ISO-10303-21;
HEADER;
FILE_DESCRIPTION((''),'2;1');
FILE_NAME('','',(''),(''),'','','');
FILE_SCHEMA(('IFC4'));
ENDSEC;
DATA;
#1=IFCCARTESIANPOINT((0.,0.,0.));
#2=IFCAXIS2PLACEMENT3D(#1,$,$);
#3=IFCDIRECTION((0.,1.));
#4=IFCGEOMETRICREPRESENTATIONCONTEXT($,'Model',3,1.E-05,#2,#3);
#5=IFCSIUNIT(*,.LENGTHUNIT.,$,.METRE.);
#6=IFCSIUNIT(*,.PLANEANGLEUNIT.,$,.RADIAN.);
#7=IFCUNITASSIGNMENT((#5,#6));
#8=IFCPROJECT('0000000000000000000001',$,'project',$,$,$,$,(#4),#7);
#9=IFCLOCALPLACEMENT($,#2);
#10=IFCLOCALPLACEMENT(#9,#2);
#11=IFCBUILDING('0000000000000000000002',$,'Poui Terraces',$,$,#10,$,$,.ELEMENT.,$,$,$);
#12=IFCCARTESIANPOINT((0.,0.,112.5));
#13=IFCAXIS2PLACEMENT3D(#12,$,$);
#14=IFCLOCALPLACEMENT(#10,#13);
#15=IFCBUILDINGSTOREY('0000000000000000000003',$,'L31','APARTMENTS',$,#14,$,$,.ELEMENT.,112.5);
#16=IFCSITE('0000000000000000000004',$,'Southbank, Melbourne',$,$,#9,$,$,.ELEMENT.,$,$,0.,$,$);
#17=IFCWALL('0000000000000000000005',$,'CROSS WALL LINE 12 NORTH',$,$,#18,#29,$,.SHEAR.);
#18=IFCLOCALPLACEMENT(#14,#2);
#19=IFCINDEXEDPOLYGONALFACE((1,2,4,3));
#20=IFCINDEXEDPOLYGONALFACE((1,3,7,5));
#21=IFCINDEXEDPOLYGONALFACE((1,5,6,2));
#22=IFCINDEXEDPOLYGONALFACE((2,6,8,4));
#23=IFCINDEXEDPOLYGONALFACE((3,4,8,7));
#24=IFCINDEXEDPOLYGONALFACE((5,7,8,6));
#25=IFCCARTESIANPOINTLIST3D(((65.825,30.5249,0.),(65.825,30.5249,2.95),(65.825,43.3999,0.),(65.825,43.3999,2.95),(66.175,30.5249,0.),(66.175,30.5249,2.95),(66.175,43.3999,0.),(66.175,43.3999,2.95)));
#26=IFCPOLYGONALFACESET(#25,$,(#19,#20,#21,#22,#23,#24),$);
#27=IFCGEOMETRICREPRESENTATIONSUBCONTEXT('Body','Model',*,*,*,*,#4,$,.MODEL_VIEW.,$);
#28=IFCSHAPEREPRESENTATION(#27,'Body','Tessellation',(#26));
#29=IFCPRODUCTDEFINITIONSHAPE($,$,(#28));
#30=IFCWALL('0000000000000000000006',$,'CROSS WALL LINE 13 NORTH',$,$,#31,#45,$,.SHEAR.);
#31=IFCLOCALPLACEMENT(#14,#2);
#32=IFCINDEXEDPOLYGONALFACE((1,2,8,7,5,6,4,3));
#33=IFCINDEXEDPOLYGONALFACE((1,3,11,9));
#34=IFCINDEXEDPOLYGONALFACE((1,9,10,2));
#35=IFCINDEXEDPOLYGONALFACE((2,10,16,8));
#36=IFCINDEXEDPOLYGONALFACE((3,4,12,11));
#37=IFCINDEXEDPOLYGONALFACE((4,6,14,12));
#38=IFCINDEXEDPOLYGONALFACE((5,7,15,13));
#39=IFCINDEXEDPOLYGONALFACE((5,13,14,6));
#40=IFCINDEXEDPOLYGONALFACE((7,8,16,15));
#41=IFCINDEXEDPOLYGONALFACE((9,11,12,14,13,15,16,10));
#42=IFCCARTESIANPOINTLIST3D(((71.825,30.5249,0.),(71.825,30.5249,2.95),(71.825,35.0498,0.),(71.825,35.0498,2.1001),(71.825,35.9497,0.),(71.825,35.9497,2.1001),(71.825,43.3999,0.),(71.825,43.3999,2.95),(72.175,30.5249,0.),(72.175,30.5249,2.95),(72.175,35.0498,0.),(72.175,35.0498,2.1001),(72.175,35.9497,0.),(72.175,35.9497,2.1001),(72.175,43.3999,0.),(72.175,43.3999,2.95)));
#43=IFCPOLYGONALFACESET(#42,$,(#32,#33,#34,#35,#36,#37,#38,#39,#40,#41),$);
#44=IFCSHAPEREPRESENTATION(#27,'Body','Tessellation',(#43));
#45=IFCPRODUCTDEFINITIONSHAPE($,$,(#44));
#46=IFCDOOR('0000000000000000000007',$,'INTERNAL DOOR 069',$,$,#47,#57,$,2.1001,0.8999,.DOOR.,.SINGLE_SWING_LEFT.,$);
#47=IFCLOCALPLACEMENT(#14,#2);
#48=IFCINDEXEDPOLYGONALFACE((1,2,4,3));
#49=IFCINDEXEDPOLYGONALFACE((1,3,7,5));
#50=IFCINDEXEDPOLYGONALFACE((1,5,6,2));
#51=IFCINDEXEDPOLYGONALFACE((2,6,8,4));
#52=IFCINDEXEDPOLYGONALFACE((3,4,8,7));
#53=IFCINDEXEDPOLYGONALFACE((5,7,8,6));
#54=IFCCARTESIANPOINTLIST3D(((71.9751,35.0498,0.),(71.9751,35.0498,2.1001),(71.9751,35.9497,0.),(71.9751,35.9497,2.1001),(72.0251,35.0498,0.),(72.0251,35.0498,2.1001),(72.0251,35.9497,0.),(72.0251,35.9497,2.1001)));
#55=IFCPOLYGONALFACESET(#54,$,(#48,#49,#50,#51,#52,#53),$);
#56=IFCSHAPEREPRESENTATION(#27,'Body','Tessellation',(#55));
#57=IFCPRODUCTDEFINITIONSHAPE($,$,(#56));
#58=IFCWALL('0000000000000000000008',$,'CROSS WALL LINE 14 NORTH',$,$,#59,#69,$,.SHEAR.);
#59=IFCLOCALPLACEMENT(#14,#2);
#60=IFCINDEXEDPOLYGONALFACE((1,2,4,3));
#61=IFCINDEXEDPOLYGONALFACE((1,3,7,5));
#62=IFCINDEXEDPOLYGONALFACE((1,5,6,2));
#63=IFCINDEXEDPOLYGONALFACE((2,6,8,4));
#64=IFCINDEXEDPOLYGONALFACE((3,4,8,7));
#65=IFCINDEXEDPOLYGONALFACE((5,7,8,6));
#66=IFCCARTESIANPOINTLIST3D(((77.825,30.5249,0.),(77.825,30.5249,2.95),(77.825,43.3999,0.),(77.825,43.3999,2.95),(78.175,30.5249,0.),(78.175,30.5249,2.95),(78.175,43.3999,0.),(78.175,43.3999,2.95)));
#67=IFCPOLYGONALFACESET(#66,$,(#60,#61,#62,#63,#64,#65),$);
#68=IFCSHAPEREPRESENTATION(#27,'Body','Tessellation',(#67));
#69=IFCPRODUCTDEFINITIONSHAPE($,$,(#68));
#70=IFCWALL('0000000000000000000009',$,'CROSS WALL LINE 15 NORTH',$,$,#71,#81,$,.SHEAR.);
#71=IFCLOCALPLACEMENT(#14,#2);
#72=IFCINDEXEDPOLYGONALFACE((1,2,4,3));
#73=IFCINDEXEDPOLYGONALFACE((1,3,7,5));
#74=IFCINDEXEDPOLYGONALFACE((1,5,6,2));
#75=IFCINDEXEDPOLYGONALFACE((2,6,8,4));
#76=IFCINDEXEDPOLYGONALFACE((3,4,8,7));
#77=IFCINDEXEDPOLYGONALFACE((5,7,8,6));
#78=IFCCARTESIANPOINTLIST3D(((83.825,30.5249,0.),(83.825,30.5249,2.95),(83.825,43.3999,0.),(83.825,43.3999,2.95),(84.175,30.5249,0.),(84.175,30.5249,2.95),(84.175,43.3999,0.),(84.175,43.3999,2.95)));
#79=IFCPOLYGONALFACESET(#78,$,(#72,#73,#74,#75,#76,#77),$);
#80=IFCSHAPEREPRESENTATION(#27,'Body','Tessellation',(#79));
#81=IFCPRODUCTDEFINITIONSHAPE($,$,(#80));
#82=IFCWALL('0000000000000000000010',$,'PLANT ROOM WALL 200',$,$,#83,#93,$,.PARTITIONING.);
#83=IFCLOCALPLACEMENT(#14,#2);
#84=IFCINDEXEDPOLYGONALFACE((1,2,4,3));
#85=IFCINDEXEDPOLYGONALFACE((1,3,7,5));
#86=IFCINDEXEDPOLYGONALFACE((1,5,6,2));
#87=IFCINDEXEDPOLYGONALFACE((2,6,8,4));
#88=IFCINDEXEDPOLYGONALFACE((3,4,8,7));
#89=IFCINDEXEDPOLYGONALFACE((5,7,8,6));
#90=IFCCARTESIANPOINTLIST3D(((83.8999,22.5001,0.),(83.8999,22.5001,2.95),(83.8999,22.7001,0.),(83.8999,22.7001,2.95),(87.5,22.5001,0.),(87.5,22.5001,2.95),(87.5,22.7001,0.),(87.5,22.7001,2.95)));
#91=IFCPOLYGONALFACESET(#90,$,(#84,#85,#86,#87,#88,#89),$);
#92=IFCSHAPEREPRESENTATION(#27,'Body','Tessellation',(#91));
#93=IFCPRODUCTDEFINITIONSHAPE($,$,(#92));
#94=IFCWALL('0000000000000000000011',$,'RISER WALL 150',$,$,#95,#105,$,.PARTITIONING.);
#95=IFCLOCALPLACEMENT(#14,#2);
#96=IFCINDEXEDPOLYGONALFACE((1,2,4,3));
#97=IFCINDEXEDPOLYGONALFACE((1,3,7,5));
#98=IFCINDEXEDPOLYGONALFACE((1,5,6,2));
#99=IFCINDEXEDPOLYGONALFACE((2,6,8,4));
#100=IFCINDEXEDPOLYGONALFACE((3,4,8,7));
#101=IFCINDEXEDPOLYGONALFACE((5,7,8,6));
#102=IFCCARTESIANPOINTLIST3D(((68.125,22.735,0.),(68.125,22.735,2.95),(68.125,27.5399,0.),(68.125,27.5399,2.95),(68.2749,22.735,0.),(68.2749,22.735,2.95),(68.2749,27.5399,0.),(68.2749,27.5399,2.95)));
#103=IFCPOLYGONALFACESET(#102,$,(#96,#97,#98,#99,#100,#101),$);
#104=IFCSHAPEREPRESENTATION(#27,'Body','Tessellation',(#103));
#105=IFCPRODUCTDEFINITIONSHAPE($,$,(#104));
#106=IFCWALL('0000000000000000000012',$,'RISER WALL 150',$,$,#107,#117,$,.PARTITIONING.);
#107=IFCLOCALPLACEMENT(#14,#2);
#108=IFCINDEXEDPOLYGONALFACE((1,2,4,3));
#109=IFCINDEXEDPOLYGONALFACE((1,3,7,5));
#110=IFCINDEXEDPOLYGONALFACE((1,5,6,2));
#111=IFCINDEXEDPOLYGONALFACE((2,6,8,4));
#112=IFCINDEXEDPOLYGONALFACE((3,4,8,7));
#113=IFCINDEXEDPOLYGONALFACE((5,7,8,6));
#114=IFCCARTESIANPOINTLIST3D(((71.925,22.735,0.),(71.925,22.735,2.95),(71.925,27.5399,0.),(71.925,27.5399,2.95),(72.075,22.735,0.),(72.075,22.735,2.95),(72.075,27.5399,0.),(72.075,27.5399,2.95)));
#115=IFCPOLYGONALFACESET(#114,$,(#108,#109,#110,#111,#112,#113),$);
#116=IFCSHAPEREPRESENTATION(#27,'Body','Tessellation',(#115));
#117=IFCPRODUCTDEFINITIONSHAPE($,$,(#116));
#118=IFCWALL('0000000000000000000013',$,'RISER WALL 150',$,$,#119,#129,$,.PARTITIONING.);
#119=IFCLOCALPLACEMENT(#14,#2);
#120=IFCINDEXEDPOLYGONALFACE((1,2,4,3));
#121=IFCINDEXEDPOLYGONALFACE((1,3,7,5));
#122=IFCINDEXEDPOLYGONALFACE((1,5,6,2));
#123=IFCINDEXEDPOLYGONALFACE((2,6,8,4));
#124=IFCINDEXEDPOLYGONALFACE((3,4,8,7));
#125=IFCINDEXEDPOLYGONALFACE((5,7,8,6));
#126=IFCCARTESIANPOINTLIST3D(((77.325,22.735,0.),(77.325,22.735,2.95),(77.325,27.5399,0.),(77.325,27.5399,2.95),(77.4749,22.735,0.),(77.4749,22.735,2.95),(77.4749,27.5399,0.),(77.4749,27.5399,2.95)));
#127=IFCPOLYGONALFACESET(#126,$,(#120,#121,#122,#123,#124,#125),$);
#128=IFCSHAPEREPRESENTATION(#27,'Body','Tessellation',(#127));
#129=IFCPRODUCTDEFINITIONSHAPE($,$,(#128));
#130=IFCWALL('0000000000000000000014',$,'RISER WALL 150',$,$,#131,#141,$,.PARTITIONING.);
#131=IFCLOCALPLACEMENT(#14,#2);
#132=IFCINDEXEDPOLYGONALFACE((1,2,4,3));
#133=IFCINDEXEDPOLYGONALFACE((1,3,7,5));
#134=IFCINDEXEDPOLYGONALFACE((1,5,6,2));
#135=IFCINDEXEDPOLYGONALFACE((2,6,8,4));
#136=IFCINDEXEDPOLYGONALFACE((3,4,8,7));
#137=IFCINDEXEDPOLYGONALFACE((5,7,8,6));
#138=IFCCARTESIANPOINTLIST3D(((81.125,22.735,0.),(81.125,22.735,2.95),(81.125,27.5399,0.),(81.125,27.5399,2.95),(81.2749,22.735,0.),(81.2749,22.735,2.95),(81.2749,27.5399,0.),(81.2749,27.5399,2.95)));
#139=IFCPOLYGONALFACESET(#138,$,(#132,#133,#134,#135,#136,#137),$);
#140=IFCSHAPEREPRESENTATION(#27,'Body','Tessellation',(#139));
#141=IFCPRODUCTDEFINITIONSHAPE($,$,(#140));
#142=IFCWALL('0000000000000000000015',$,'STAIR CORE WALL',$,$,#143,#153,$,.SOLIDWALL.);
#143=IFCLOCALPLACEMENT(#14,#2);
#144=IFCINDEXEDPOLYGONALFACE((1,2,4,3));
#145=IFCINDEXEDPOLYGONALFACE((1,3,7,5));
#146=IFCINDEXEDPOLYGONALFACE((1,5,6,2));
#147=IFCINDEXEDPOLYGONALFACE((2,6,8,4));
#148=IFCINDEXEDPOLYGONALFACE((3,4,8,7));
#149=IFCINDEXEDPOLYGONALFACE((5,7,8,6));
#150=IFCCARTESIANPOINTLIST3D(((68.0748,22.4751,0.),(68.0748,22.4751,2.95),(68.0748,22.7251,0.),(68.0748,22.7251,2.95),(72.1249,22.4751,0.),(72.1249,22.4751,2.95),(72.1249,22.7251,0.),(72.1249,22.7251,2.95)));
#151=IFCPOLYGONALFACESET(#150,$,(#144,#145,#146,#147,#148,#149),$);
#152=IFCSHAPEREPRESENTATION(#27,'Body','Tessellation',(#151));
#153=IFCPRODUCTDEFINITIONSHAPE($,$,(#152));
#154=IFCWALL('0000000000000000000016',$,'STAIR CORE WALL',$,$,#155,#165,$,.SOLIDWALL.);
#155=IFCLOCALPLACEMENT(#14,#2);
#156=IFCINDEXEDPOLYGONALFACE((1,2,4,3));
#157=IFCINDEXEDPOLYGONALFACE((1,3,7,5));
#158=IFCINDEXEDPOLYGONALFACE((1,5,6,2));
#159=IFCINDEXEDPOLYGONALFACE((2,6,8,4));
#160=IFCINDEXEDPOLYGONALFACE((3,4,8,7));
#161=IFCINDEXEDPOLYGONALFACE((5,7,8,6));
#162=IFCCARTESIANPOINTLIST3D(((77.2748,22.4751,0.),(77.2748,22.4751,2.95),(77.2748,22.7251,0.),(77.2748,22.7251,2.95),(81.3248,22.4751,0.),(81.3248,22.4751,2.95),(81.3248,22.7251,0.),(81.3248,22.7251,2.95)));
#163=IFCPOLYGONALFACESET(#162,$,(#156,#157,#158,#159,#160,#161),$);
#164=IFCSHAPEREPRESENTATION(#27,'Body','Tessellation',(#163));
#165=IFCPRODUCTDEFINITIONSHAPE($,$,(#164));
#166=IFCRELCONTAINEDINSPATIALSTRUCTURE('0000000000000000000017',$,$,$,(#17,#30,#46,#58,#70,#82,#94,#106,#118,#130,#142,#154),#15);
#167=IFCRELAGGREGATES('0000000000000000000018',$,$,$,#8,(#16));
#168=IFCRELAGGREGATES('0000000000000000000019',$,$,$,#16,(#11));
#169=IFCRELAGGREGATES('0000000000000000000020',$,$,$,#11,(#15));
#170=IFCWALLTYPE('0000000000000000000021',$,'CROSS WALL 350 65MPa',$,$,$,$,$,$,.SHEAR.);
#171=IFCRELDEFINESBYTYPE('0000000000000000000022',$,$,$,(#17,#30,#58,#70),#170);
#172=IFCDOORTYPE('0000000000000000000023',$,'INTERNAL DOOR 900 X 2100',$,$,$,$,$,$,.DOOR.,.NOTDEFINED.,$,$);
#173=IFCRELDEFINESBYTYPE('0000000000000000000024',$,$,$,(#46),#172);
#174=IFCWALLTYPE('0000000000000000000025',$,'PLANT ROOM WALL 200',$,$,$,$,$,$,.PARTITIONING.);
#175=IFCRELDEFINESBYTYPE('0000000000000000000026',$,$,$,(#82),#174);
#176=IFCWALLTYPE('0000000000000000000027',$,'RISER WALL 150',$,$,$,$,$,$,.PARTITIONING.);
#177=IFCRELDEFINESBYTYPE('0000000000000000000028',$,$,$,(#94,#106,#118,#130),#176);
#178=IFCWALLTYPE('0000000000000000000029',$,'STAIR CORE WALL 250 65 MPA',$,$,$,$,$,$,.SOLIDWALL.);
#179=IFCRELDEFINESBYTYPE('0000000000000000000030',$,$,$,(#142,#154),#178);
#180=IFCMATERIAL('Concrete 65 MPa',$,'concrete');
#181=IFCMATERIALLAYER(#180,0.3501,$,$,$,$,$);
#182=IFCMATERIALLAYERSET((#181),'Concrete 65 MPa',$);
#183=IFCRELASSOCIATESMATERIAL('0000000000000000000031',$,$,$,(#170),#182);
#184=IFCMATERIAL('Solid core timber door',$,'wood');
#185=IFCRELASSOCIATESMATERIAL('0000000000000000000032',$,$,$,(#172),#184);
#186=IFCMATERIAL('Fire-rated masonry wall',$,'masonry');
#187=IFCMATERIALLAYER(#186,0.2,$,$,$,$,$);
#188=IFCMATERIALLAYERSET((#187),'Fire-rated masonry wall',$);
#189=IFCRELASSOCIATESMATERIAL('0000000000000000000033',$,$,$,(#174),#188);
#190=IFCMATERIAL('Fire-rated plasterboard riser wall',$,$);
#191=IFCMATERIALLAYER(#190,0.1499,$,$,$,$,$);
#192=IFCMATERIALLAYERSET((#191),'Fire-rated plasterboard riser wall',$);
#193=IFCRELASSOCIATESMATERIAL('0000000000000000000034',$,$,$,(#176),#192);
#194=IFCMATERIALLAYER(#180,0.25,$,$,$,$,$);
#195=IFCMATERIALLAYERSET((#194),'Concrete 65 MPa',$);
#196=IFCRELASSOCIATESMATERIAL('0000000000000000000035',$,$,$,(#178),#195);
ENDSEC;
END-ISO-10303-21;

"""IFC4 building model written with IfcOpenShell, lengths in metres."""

from ifc_helpers import new_model, si_unit, direction, frame, frame_2d, origin, place, context, subcontext, project, spatial, rectangle, extrude, material, layer, layer_set, type_object, element, fill, save


model = new_model("IFC4")

# Units and contexts
model_context = context("Model", 3, precision=1e-05, world=origin(), true_north=direction((0.0, 1.0)))
body_context = subcontext(model_context, "Body", "Model", "MODEL_VIEW")
ifc_project = project(units=[si_unit("LENGTHUNIT", "METRE"), si_unit("PLANEANGLEUNIT", "RADIAN")], contexts=[model_context])

# Site, building, storey
site_placement = place(None, origin())
site = spatial("IfcSite", under=ifc_project, at=site_placement, Name="Southbank, Melbourne", CompositionType="ELEMENT", RefElevation=0.0)
building_placement = place(site_placement, origin())
building = spatial("IfcBuilding", under=site, at=building_placement, Name="Poui Terraces", CompositionType="ELEMENT")
storey_placement = place(building_placement, frame((0.0, 0.0, 112.5)))
storey = spatial("IfcBuildingStorey", under=building, at=storey_placement, Name="L31", Description="APARTMENTS", CompositionType="ELEMENT", Elevation=112.5)

# Shared definitions
ifc_material_1 = material(Name="Concrete 65 MPa", Category="concrete")

# Shared definitions
ifc_material_2 = material(Name="Solid core timber door", Category="wood")

# Wall
ifc_layer_1 = layer(ifc_material_1, 0.3501)
ifc_layer_set_1 = layer_set([ifc_layer_1], Name="Concrete 65 MPa")
wall_type_1 = type_object("IfcWallType", Name="CROSS WALL 350 65MPa", PredefinedType="SHEAR", material=ifc_layer_set_1)
wall_1_placement = place(storey_placement, frame((66.0, 30.5249, 0.0), z_axis=(0.0, 0.0, 1.0), x_axis=(0.0, 1.0, 0.0)))
element("IfcWall", 1, at=wall_1_placement, inside=storey, type_object=wall_type_1, Name="CROSS WALL LINE 12 NORTH", PredefinedType="SHEAR", context=body_context, shape_type="SweptSolid", body=[
    extrude(rectangle(XDim=12.875, YDim=0.3501, at=frame_2d((6.4375, 0.0))), origin(), (0.0, 0.0, 1.0), 2.95),
])

# Wall, opening, door
wall_2_placement = place(storey_placement, frame((72.0, 30.5249, 0.0), z_axis=(0.0, 0.0, 1.0), x_axis=(0.0, 1.0, 0.0)))
wall_2 = element("IfcWall", 2, at=wall_2_placement, inside=storey, type_object=wall_type_1, Name="CROSS WALL LINE 13 NORTH", PredefinedType="SHEAR", context=body_context, shape_type="SweptSolid", body=[
    extrude(rectangle(XDim=12.875, YDim=0.3501, at=frame_2d((6.4375, 0.0))), origin(), (0.0, 0.0, 1.0), 2.95),
])
opening_1_placement = place(wall_2_placement, frame((4.5249, 0.0, 0.0)))
opening_1 = element("IfcOpeningElement", 3, at=opening_1_placement, cuts=wall_2, PredefinedType="OPENING", context=body_context, shape_type="SweptSolid", body=[
    extrude(rectangle(XDim=0.8999, YDim=2.1001, at=frame_2d((0.45, 1.05))), frame((0.0, 0.1851, 0.0), z_axis=(0.0, -1.0, 0.0), x_axis=(1.0, 0.0, 0.0)), (0.0, 0.0, 1.0), 0.3701),
])
door_type_1 = type_object("IfcDoorType", Name="INTERNAL DOOR 900 X 2100", OperationType="NOTDEFINED", PredefinedType="DOOR", material=ifc_material_2)
door_1_placement = place(opening_1_placement, origin())
door_1 = element("IfcDoor", 4, at=door_1_placement, inside=storey, type_object=door_type_1, Name="INTERNAL DOOR 069", OperationType="SINGLE_SWING_LEFT", OverallHeight=2.1001, OverallWidth=0.8999, PredefinedType="DOOR", context=body_context, shape_type="SweptSolid", body=[
    extrude(rectangle(XDim=0.8999, YDim=2.1001, at=frame_2d((0.45, 1.05))), frame((0.0, 0.0249, 0.0), z_axis=(0.0, -1.0, 0.0), x_axis=(1.0, 0.0, 0.0)), (0.0, 0.0, 1.0), 0.05),
])
fill(opening_1, door_1)

# Walls
for number, where, z_axis, x_axis, name in (
    (5, (78.0, 30.5249, 0.0), (0.0, 0.0, 1.0), (0.0, 1.0, 0.0), "CROSS WALL LINE 14 NORTH"),
    (6, (84.0, 30.5249, 0.0), (0.0, 0.0, 1.0), (0.0, 1.0, 0.0), "CROSS WALL LINE 15 NORTH"),
):
    element("IfcWall", number, at=place(storey_placement, frame(where, z_axis=z_axis, x_axis=x_axis)), inside=storey, type_object=wall_type_1, Name=name, PredefinedType="SHEAR", context=body_context, shape_type="SweptSolid", body=[
        extrude(rectangle(XDim=12.875, YDim=0.3501, at=frame_2d((6.4375, 0.0))), origin(), (0.0, 0.0, 1.0), 2.95),
    ])
ifc_material_3 = material(Name="Fire-rated masonry wall", Category="masonry")
ifc_layer_2 = layer(ifc_material_3, 0.2)
ifc_layer_set_2 = layer_set([ifc_layer_2], Name="Fire-rated masonry wall")
wall_type_2 = type_object("IfcWallType", Name="PLANT ROOM WALL 200", PredefinedType="PARTITIONING", material=ifc_layer_set_2)
wall_3_placement = place(storey_placement, frame((83.8999, 22.6001, 0.0), z_axis=(0.0, 0.0, 1.0), x_axis=(1.0, 0.0, 0.0)))
element("IfcWall", 7, at=wall_3_placement, inside=storey, type_object=wall_type_2, Name="PLANT ROOM WALL 200", PredefinedType="PARTITIONING", context=body_context, shape_type="SweptSolid", body=[
    extrude(rectangle(XDim=3.6001, YDim=0.2, at=frame_2d((1.8, 0.0))), origin(), (0.0, 0.0, 1.0), 2.95),
])
ifc_material_4 = material(Name="Fire-rated plasterboard riser wall")
ifc_layer_3 = layer(ifc_material_4, 0.1499)
ifc_layer_set_3 = layer_set([ifc_layer_3], Name="Fire-rated plasterboard riser wall")
wall_type_3 = type_object("IfcWallType", Name="RISER WALL 150", PredefinedType="PARTITIONING", material=ifc_layer_set_3)
for number, where, z_axis, x_axis, name in (
    (8, (68.2, 22.7351, 0.0), (0.0, 0.0, 1.0), (0.0, 1.0, 0.0), "RISER WALL 150"),
    (9, (72.0, 22.7351, 0.0), (0.0, 0.0, 1.0), (0.0, 1.0, 0.0), "RISER WALL 150"),
    (10, (77.3999, 22.7351, 0.0), (0.0, 0.0, 1.0), (0.0, 1.0, 0.0), "RISER WALL 150"),
    (11, (81.2, 22.7351, 0.0), (0.0, 0.0, 1.0), (0.0, 1.0, 0.0), "RISER WALL 150"),
):
    element("IfcWall", number, at=place(storey_placement, frame(where, z_axis=z_axis, x_axis=x_axis)), inside=storey, type_object=wall_type_3, Name=name, PredefinedType="PARTITIONING", context=body_context, shape_type="SweptSolid", body=[
        extrude(rectangle(XDim=4.8049, YDim=0.1499, at=frame_2d((2.4023, 0.0))), origin(), (0.0, 0.0, 1.0), 2.95),
    ])
ifc_layer_4 = layer(ifc_material_1, 0.25)
ifc_layer_set_4 = layer_set([ifc_layer_4], Name="Concrete 65 MPa")
wall_type_4 = type_object("IfcWallType", Name="STAIR CORE WALL 250 65 MPA", PredefinedType="SOLIDWALL", material=ifc_layer_set_4)
for number, where, z_axis, x_axis, name in (
    (12, (68.075, 22.6001, 0.0), (0.0, 0.0, 1.0), (1.0, 0.0, 0.0), "STAIR CORE WALL"),
    (13, (77.2749, 22.6001, 0.0), (0.0, 0.0, 1.0), (1.0, 0.0, 0.0), "STAIR CORE WALL"),
):
    element("IfcWall", number, at=place(storey_placement, frame(where, z_axis=z_axis, x_axis=x_axis)), inside=storey, type_object=wall_type_4, Name=name, PredefinedType="SOLIDWALL", context=body_context, shape_type="SweptSolid", body=[
        extrude(rectangle(XDim=4.05, YDim=0.25, at=frame_2d((2.0249, 0.0))), origin(), (0.0, 0.0, 1.0), 2.95),
    ])

save(model, "model.ifc")
